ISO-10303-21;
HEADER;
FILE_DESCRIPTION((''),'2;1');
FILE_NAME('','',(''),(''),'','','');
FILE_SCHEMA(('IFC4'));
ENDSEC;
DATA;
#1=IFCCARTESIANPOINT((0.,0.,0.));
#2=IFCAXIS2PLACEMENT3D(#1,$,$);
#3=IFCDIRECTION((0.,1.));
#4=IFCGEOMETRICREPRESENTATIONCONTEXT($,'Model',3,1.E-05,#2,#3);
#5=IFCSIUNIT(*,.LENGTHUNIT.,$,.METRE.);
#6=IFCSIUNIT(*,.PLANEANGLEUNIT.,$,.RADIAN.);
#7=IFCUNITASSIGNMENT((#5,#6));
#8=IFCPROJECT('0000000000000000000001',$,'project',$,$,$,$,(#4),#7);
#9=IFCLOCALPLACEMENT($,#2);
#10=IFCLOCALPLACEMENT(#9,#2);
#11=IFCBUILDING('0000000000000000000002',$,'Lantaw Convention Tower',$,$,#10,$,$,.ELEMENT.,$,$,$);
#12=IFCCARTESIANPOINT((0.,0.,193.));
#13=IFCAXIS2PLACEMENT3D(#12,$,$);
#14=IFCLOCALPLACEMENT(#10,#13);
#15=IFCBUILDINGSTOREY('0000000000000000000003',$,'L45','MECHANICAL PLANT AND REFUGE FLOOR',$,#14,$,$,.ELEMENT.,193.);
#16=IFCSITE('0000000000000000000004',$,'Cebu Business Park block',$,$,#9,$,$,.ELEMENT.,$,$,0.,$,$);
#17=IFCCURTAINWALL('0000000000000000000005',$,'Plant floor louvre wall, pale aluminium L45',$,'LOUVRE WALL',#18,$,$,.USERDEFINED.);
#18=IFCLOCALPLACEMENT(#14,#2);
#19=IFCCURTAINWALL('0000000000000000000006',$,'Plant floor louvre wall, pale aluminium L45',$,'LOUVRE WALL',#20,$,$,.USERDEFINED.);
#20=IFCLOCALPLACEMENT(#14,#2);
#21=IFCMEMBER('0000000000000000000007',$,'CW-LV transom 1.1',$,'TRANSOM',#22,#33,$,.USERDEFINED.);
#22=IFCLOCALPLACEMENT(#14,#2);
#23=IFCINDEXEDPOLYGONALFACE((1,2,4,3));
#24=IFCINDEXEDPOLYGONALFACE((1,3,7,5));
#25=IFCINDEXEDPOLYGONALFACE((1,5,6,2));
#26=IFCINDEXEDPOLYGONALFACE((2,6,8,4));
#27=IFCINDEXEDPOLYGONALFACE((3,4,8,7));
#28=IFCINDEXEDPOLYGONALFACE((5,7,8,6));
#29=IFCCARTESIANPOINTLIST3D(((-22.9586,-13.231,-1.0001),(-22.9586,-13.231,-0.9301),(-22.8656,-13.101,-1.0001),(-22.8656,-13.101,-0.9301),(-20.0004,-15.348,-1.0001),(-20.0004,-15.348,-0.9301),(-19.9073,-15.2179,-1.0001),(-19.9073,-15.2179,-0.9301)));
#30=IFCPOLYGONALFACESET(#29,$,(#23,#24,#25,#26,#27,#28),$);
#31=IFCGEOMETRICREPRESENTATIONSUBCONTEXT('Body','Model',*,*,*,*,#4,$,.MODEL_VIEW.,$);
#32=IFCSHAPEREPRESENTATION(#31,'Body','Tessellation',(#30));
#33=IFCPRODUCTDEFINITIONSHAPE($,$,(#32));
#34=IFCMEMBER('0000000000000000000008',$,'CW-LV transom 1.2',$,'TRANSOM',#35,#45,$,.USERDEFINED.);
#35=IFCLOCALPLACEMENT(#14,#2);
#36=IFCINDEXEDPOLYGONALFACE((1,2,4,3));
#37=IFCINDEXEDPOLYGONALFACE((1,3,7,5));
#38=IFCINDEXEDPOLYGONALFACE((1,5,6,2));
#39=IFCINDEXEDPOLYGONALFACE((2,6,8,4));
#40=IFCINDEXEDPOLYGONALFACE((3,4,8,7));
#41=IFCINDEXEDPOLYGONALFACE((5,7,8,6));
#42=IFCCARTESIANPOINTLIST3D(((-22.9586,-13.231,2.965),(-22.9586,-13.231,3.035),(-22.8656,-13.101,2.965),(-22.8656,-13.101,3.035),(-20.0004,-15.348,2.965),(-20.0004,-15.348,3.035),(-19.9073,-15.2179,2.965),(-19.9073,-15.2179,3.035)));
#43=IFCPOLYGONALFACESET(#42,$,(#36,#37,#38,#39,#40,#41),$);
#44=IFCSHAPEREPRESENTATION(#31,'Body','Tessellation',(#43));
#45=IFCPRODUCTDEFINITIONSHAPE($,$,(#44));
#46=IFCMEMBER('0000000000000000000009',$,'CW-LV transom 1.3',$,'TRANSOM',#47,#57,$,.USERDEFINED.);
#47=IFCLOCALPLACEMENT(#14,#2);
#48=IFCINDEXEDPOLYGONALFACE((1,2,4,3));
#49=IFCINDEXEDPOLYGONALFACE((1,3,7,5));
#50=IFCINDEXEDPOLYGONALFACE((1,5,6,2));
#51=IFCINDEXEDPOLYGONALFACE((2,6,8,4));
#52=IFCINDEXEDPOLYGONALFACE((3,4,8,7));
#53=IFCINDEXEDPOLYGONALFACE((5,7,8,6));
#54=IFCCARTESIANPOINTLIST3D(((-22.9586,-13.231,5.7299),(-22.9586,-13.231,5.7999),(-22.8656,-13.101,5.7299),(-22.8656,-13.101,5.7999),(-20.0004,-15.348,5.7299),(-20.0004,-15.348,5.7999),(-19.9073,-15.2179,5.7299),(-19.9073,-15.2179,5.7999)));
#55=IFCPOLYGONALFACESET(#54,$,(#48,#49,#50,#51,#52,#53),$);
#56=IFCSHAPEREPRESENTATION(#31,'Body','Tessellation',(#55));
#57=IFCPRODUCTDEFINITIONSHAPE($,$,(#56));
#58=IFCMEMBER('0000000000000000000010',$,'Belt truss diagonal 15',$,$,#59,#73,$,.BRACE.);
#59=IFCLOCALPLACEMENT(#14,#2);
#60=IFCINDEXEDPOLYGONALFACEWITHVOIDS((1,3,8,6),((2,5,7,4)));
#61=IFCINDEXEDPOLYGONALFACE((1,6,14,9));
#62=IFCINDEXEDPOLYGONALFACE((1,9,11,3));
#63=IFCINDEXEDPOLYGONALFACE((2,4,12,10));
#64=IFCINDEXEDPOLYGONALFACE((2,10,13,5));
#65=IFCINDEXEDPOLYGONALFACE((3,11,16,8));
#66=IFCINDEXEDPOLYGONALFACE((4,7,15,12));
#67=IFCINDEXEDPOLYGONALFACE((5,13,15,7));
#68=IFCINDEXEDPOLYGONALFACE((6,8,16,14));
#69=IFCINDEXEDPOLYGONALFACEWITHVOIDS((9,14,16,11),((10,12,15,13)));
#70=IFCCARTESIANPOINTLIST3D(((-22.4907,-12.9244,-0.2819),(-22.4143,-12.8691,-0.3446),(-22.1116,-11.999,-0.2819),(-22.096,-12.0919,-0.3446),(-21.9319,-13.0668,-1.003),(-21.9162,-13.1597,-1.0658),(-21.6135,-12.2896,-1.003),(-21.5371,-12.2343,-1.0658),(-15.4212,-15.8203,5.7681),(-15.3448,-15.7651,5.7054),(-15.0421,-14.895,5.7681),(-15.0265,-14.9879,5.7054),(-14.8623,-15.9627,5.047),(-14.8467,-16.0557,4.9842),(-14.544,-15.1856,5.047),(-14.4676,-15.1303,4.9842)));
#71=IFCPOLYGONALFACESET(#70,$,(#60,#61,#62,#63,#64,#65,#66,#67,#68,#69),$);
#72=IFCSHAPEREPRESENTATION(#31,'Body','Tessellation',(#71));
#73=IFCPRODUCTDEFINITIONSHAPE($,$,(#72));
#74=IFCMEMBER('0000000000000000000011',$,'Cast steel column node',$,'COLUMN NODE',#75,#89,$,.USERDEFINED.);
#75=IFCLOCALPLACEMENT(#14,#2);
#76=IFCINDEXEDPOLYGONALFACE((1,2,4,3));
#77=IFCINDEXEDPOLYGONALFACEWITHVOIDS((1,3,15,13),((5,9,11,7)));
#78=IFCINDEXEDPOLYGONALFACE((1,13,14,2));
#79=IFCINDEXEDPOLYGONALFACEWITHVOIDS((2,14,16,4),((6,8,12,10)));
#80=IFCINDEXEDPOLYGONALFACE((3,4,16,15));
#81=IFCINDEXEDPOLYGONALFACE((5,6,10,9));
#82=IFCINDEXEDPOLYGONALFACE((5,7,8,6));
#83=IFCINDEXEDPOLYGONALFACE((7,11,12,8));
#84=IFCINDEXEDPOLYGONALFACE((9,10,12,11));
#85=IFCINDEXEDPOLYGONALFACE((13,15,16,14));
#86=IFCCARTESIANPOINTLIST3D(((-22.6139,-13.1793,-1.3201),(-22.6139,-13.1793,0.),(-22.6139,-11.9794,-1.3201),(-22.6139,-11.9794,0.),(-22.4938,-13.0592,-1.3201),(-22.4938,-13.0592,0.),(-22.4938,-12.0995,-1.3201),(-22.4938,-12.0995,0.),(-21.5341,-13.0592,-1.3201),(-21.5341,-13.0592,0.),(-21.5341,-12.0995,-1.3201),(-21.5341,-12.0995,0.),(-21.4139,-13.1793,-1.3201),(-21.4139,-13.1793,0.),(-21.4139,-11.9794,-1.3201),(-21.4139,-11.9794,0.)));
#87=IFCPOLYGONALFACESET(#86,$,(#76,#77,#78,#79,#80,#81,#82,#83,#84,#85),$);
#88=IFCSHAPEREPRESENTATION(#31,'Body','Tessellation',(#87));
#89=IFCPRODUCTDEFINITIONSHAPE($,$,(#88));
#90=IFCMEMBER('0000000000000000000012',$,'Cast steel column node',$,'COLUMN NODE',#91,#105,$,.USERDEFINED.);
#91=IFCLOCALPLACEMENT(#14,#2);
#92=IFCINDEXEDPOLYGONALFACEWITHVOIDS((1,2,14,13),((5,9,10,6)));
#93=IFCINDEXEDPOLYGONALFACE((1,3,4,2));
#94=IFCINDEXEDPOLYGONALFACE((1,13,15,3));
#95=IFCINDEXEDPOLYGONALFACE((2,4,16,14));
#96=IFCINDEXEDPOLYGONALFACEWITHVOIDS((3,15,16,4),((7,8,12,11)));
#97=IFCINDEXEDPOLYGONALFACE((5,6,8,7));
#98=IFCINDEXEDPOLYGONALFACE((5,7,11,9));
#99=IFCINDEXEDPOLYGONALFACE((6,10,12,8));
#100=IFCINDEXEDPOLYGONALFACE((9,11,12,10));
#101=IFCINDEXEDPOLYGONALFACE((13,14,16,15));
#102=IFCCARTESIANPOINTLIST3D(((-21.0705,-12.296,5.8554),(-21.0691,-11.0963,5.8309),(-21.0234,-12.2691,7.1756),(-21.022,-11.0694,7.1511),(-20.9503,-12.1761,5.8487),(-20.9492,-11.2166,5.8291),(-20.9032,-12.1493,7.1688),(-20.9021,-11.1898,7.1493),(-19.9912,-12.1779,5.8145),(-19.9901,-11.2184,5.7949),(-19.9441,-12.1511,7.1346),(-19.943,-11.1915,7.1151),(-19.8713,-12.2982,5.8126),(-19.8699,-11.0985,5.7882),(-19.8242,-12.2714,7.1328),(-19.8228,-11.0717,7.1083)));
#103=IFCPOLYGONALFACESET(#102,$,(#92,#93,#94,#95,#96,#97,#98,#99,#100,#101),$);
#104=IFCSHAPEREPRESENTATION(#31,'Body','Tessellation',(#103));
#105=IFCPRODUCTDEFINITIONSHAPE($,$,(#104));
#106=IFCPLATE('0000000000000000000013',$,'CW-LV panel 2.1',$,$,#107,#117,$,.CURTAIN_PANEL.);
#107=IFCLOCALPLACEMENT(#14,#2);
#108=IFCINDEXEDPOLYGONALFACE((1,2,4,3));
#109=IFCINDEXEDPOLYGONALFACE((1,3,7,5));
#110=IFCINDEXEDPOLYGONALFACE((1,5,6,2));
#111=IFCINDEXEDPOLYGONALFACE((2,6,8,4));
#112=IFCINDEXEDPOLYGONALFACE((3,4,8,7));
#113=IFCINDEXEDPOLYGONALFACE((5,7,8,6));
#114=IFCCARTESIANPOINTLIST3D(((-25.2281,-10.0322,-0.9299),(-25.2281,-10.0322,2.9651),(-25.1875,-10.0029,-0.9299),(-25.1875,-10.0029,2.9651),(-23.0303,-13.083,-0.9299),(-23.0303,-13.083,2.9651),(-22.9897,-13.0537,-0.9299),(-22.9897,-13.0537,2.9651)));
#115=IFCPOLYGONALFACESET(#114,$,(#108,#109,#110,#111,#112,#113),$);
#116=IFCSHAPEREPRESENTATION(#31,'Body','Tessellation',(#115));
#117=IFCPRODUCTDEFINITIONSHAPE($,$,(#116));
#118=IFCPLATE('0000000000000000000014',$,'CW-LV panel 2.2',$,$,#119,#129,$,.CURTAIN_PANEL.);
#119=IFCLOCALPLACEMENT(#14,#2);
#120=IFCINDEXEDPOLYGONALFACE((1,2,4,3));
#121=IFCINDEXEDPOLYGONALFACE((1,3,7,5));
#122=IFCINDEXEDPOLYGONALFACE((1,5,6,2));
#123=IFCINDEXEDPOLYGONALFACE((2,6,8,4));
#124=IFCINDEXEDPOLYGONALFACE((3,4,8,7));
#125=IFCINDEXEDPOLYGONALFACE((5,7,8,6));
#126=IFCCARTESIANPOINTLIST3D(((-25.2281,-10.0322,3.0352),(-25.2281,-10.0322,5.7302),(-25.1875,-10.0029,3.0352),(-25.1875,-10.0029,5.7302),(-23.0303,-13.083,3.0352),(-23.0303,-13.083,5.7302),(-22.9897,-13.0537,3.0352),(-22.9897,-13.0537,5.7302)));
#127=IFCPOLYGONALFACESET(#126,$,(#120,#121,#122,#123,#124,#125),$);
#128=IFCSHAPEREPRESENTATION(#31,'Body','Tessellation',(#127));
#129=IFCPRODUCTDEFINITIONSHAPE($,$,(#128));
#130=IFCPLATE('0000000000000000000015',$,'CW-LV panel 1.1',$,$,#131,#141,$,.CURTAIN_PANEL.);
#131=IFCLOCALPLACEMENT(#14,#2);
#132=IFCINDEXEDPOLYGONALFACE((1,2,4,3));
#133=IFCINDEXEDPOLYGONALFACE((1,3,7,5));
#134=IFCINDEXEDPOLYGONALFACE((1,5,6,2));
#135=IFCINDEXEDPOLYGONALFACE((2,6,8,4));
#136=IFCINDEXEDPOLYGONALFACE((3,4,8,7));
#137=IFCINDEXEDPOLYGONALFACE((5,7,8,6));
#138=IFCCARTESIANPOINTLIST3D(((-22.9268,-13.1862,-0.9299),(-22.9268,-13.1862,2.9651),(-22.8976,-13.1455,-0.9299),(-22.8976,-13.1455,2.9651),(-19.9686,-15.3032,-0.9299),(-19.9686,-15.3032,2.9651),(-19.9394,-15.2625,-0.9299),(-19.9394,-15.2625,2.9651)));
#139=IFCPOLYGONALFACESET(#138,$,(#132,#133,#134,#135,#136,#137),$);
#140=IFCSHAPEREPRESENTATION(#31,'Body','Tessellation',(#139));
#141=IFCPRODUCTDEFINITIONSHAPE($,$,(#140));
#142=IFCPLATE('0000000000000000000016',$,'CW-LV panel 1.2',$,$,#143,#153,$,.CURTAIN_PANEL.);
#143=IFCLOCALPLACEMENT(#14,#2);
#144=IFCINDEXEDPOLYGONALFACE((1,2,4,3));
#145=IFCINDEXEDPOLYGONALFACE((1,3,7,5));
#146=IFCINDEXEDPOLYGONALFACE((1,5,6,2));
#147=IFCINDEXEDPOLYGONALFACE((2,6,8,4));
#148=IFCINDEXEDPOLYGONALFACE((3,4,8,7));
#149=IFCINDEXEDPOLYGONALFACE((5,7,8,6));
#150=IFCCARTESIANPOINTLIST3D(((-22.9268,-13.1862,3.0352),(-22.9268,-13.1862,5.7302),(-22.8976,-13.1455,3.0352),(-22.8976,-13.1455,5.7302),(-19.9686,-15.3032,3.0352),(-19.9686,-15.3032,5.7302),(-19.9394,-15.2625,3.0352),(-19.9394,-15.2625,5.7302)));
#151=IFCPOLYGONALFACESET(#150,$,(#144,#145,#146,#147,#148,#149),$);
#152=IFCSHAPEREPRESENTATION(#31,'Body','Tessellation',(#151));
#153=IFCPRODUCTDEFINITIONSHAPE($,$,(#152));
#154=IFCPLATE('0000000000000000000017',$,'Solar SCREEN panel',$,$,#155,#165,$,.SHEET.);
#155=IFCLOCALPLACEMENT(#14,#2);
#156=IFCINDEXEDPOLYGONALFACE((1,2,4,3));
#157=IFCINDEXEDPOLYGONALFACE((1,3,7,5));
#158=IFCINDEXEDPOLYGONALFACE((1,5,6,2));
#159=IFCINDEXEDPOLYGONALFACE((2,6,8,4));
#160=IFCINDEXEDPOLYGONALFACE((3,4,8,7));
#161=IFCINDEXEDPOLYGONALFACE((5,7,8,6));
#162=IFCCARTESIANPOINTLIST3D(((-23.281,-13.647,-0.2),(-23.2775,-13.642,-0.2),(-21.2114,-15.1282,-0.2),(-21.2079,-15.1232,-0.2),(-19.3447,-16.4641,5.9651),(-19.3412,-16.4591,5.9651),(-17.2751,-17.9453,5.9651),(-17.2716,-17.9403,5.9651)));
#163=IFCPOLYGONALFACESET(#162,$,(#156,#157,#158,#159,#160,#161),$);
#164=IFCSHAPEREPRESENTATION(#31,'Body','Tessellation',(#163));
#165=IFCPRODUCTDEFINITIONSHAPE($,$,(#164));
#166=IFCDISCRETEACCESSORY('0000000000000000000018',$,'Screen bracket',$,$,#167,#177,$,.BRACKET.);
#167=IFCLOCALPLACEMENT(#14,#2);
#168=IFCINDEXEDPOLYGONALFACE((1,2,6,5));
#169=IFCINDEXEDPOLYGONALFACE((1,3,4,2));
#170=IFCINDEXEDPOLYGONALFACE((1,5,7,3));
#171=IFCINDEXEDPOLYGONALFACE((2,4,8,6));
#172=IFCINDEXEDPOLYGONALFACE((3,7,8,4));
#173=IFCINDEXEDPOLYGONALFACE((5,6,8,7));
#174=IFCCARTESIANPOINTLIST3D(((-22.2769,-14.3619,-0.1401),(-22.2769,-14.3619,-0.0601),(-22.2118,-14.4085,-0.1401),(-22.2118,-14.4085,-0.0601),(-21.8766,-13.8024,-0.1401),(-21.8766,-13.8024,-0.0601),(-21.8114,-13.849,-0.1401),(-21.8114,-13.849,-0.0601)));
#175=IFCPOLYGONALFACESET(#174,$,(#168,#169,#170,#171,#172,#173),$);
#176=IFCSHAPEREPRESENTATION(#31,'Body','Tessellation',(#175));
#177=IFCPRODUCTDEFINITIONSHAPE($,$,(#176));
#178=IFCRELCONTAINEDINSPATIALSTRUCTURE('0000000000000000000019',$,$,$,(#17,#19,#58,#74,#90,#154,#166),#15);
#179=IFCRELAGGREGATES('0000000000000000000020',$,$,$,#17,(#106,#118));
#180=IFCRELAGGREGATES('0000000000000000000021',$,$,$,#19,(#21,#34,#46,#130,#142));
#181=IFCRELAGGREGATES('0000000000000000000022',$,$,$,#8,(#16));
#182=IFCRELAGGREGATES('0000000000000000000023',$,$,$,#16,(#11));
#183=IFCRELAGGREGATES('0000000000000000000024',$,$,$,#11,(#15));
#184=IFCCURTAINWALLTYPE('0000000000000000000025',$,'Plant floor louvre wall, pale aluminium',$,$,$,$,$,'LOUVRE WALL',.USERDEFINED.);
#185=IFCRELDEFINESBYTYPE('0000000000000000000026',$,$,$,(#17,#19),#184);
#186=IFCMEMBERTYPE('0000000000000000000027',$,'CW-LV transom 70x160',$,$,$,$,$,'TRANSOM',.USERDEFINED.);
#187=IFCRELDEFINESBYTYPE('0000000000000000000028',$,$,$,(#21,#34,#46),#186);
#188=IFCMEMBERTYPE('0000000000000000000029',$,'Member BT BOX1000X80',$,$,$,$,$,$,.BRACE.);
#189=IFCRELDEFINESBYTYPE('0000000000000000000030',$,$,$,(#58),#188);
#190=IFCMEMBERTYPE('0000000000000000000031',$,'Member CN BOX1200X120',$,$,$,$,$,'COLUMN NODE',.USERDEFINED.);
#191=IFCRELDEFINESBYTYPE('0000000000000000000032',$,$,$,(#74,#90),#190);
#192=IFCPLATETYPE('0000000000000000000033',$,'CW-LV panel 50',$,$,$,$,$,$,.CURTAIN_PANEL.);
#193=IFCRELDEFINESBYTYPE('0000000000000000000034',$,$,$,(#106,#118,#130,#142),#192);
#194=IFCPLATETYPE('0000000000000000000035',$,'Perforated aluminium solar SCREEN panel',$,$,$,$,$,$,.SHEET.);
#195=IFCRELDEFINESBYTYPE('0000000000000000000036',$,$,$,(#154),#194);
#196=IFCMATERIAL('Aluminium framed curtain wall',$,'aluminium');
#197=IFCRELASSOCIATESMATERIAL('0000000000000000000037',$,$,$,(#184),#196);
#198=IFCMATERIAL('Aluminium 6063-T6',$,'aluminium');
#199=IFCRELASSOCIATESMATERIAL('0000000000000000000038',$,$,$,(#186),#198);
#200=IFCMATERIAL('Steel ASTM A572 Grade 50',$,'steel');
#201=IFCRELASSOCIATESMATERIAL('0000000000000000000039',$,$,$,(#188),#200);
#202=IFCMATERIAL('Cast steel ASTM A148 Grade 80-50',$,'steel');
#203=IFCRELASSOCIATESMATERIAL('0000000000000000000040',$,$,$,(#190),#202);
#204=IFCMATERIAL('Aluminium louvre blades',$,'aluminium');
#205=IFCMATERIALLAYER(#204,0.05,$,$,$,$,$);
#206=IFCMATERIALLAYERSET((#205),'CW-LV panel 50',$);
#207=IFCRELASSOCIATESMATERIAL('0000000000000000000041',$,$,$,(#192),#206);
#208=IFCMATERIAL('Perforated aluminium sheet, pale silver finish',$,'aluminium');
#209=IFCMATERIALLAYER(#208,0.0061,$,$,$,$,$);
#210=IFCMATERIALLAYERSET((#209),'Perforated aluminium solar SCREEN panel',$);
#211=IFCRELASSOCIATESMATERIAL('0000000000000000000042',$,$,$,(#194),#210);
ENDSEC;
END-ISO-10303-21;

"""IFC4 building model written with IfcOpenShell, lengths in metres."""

from ifc_helpers import new_model, si_unit, direction, frame, origin, origin_2d, place, context, subcontext, project, spatial, polyline, rectangle, hollow_rectangle, outline, extrude, material, layer, layer_set, material_profile, profile_set, type_object, element, aggregate, save


model = new_model("IFC4")

# Units and contexts
model_context = context("Model", 3, precision=1e-05, world=origin(), true_north=direction((0.0, 1.0)))
body_context = subcontext(model_context, "Body", "Model", "MODEL_VIEW")
ifc_project = project(units=[si_unit("LENGTHUNIT", "METRE"), si_unit("PLANEANGLEUNIT", "RADIAN")], contexts=[model_context])

# Site, building, storey
site_placement = place(None, origin())
site = spatial("IfcSite", under=ifc_project, at=site_placement, Name="Cebu Business Park block", CompositionType="ELEMENT", RefElevation=0.0)
building_placement = place(site_placement, origin())
building = spatial("IfcBuilding", under=site, at=building_placement, Name="Lantaw Convention Tower", CompositionType="ELEMENT")
storey_placement = place(building_placement, frame((0.0, 0.0, 193.0)))
storey = spatial("IfcBuildingStorey", under=building, at=storey_placement, Name="L45", Description="MECHANICAL PLANT AND REFUGE FLOOR", CompositionType="ELEMENT", Elevation=193.0)

# Curtain walls
ifc_material_1 = material(Name="Aluminium framed curtain wall", Category="aluminium")
curtain_wall_type = type_object("IfcCurtainWallType", Name="Plant floor louvre wall, pale aluminium", ElementType="LOUVRE WALL", PredefinedType="USERDEFINED", material=ifc_material_1)
curtain_wall_1_placement = place(storey_placement, origin())
curtain_wall_1 = element("IfcCurtainWall", 1, at=curtain_wall_1_placement, inside=storey, type_object=curtain_wall_type, Name="Plant floor louvre wall, pale aluminium L45", ObjectType="LOUVRE WALL", PredefinedType="USERDEFINED")
ifc_material_2 = material(Name="Aluminium 6063-T6", Category="aluminium")
curtain_wall_2_placement = place(storey_placement, origin())
curtain_wall_2 = element("IfcCurtainWall", 2, at=curtain_wall_2_placement, inside=storey, type_object=curtain_wall_type, Name="Plant floor louvre wall, pale aluminium L45", ObjectType="LOUVRE WALL", PredefinedType="USERDEFINED")

# Members
ifc_material_profile_1 = material_profile(ifc_material_2, rectangle(XDim=0.1599, YDim=0.0701, at=origin_2d()), Name="CW-LV transom 70x160")
ifc_profile_set_1 = profile_set([ifc_material_profile_1], Name="Aluminium 6063-T6")
member_type_1 = type_object("IfcMemberType", Name="CW-LV transom 70x160", ElementType="TRANSOM", PredefinedType="USERDEFINED", material=ifc_profile_set_1)
member_1_placement = place(storey_placement, frame((-22.9121, -13.166, -0.9651), z_axis=(0.813225, -0.581949, 0.0), x_axis=(0.581949, 0.813225, 0.0)))
member_1 = element("IfcMember", 3, at=member_1_placement, type_object=member_type_1, Name="CW-LV transom 1.1", ObjectType="TRANSOM", PredefinedType="USERDEFINED", context=body_context, shape_type="SweptSolid", body=[
    extrude(rectangle(XDim=0.1599, YDim=0.0701, at=origin_2d()), origin(), (0.0, 0.0, 1.0), 3.6377),
])
member_2_placement = place(storey_placement, frame((-22.9121, -13.166, 3.0), z_axis=(0.813225, -0.581949, 0.0), x_axis=(0.581949, 0.813225, 0.0)))
member_2 = element("IfcMember", 4, at=member_2_placement, type_object=member_type_1, Name="CW-LV transom 1.2", ObjectType="TRANSOM", PredefinedType="USERDEFINED", context=body_context, shape_type="SweptSolid", body=[
    extrude(rectangle(XDim=0.1599, YDim=0.0701, at=origin_2d()), origin(), (0.0, 0.0, 1.0), 3.6377),
])
member_3_placement = place(storey_placement, frame((-22.9121, -13.166, 5.7649), z_axis=(0.813225, -0.581949, 0.0), x_axis=(0.581949, 0.813225, 0.0)))
member_3 = element("IfcMember", 5, at=member_3_placement, type_object=member_type_1, Name="CW-LV transom 1.3", ObjectType="TRANSOM", PredefinedType="USERDEFINED", context=body_context, shape_type="SweptSolid", body=[
    extrude(rectangle(XDim=0.1599, YDim=0.0701, at=origin_2d()), origin(), (0.0, 0.0, 1.0), 3.6377),
])

# Members
ifc_material_3 = material(Name="Steel ASTM A572 Grade 50", Category="steel")
ifc_material_profile_2 = material_profile(ifc_material_3, hollow_rectangle(XDim=1.0, YDim=1.0, WallThickness=0.0801, at=origin_2d()), Name="BOX1000X80")
ifc_profile_set_2 = profile_set([ifc_material_profile_2], Name="Steel ASTM A572 Grade 50")
member_type_2 = type_object("IfcMemberType", Name="Member BT BOX1000X80", PredefinedType="BRACE", material=ifc_profile_set_2)
member_4_placement = place(storey_placement, frame((-22.0139, -12.5793, -0.6738), z_axis=(0.725443, -0.297172, 0.620824), x_axis=(0.37907, 0.925368, 0.0)))
element("IfcMember", 6, at=member_4_placement, inside=storey, type_object=member_type_2, Name="Belt truss diagonal 15", PredefinedType="BRACE", context=body_context, shape_type="SweptSolid", body=[
    extrude(hollow_rectangle(XDim=1.0, YDim=1.0, WallThickness=0.0801, at=origin_2d()), origin(), (0.0, 0.0, 1.0), 9.7451),
])
ifc_material_4 = material(Name="Cast steel ASTM A148 Grade 80-50", Category="steel")
ifc_material_profile_3 = material_profile(ifc_material_4, hollow_rectangle(XDim=1.2, YDim=1.2, WallThickness=0.1201, at=origin_2d()), Name="BOX1200X120")
ifc_profile_set_3 = profile_set([ifc_material_profile_3], Name="Cast steel ASTM A148 Grade 80-50")
member_type_3 = type_object("IfcMemberType", Name="Member CN BOX1200X120", ElementType="COLUMN NODE", PredefinedType="USERDEFINED", material=ifc_profile_set_3)
member_5_placement = place(storey_placement, frame((-22.0139, -12.5793, -1.3201), z_axis=(0.0, 0.0, 1.0), x_axis=(1.0, 0.0, 0.0)))
element("IfcMember", 7, at=member_5_placement, inside=storey, type_object=member_type_3, Name="Cast steel column node", ObjectType="COLUMN NODE", PredefinedType="USERDEFINED", context=body_context, shape_type="SweptSolid", body=[
    extrude(hollow_rectangle(XDim=1.2, YDim=1.2, WallThickness=0.1201, at=origin_2d()), origin(), (0.0, 0.0, 1.0), 1.3201),
])
member_6_placement = place(storey_placement, frame((-20.4702, -11.6973, 5.8218), z_axis=(0.035664, 0.020327, 0.999157), x_axis=(0.999363, -0.001854, -0.035634)))
element("IfcMember", 8, at=member_6_placement, inside=storey, type_object=member_type_3, Name="Cast steel column node", ObjectType="COLUMN NODE", PredefinedType="USERDEFINED", context=body_context, shape_type="SweptSolid", body=[
    extrude(hollow_rectangle(XDim=1.2, YDim=1.2, WallThickness=0.1201, at=origin_2d()), origin(), (0.0, 0.0, 1.0), 1.3213),
])

# Plates
ifc_material_5 = material(Name="Aluminium louvre blades", Category="aluminium")
ifc_layer_1 = layer(ifc_material_5, 0.05)
ifc_layer_set_1 = layer_set([ifc_layer_1], Name="CW-LV panel 50")
plate_type_1 = type_object("IfcPlateType", Name="CW-LV panel 50", PredefinedType="CURTAIN_PANEL", material=ifc_layer_set_1)
plate_1_placement = place(storey_placement, frame((-24.1089, -11.543, -0.9299), z_axis=(0.0, 0.0, 1.0), x_axis=(0.584513, -0.811385, 0.0)))
plate_1 = element("IfcPlate", 9, at=plate_1_placement, type_object=plate_type_1, Name="CW-LV panel 2.1", PredefinedType="CURTAIN_PANEL", context=body_context, shape_type="SweptSolid", body=[
    extrude(rectangle(XDim=3.76, YDim=0.05, at=origin_2d()), origin(), (0.0, 0.0, 1.0), 3.895),
])
plate_2_placement = place(storey_placement, frame((-24.1089, -11.543, 3.0352), z_axis=(0.0, 0.0, 1.0), x_axis=(0.584513, -0.811385, 0.0)))
plate_2 = element("IfcPlate", 10, at=plate_2_placement, type_object=plate_type_1, Name="CW-LV panel 2.2", PredefinedType="CURTAIN_PANEL", context=body_context, shape_type="SweptSolid", body=[
    extrude(rectangle(XDim=3.76, YDim=0.05, at=origin_2d()), origin(), (0.0, 0.0, 1.0), 2.6951),
])
aggregate(curtain_wall_1, [plate_1, plate_2])
plate_3_placement = place(storey_placement, frame((-21.4331, -14.2244, -0.9299), z_axis=(0.0, 0.0, 1.0), x_axis=(0.813208, -0.581973, 0.0)))
plate_3 = element("IfcPlate", 11, at=plate_3_placement, type_object=plate_type_1, Name="CW-LV panel 1.1", PredefinedType="CURTAIN_PANEL", context=body_context, shape_type="SweptSolid", body=[
    extrude(rectangle(XDim=3.6377, YDim=0.05, at=origin_2d()), origin(), (0.0, 0.0, 1.0), 3.895),
])
plate_4_placement = place(storey_placement, frame((-21.4331, -14.2244, 3.0352), z_axis=(0.0, 0.0, 1.0), x_axis=(0.813208, -0.581973, 0.0)))
plate_4 = element("IfcPlate", 12, at=plate_4_placement, type_object=plate_type_1, Name="CW-LV panel 1.2", PredefinedType="CURTAIN_PANEL", context=body_context, shape_type="SweptSolid", body=[
    extrude(rectangle(XDim=3.6377, YDim=0.05, at=origin_2d()), origin(), (0.0, 0.0, 1.0), 2.6951),
])
aggregate(curtain_wall_2, [member_1, member_2, member_3, plate_3, plate_4])
ifc_material_6 = material(Name="Perforated aluminium sheet, pale silver finish", Category="aluminium")
ifc_layer_2 = layer(ifc_material_6, 0.0061)
ifc_layer_set_2 = layer_set([ifc_layer_2], Name="Perforated aluminium solar SCREEN panel")
plate_type_2 = type_object("IfcPlateType", Name="Perforated aluminium solar SCREEN panel", PredefinedType="SHEET", material=ifc_layer_set_2)
plate_5_placement = place(storey_placement, frame((-23.281, -13.647, -0.2), z_axis=(-0.582, -0.813189, 0.000008), x_axis=(0.813189, -0.582, 0.0)))
element("IfcPlate", 13, at=plate_5_placement, inside=storey, type_object=plate_type_2, Name="Solar SCREEN panel", PredefinedType="SHEET", context=body_context, shape_type="SweptSolid", body=[
    extrude(outline(polyline([(0.0, 0.0), (2.545, 0.0), (7.3855, 6.165), (4.8405, 6.165), (0.0, 0.0)])), origin(), (0.0, 0.0, -1.0), 0.0061),
])

# Discrete accessory
discrete_accessory_placement = place(storey_placement, frame((-22.0442, -14.1055, -0.1401), z_axis=(0.0, 0.0, 1.0), x_axis=(0.813208, -0.581973, 0.0)))
element("IfcDiscreteAccessory", 14, at=discrete_accessory_placement, inside=storey, Name="Screen bracket", PredefinedType="BRACKET", context=body_context, shape_type="SweptSolid", body=[
    extrude(rectangle(XDim=0.0801, YDim=0.688, at=origin_2d()), origin(), (0.0, 0.0, 1.0), 0.0801),
])

save(model, "model.ifc")
